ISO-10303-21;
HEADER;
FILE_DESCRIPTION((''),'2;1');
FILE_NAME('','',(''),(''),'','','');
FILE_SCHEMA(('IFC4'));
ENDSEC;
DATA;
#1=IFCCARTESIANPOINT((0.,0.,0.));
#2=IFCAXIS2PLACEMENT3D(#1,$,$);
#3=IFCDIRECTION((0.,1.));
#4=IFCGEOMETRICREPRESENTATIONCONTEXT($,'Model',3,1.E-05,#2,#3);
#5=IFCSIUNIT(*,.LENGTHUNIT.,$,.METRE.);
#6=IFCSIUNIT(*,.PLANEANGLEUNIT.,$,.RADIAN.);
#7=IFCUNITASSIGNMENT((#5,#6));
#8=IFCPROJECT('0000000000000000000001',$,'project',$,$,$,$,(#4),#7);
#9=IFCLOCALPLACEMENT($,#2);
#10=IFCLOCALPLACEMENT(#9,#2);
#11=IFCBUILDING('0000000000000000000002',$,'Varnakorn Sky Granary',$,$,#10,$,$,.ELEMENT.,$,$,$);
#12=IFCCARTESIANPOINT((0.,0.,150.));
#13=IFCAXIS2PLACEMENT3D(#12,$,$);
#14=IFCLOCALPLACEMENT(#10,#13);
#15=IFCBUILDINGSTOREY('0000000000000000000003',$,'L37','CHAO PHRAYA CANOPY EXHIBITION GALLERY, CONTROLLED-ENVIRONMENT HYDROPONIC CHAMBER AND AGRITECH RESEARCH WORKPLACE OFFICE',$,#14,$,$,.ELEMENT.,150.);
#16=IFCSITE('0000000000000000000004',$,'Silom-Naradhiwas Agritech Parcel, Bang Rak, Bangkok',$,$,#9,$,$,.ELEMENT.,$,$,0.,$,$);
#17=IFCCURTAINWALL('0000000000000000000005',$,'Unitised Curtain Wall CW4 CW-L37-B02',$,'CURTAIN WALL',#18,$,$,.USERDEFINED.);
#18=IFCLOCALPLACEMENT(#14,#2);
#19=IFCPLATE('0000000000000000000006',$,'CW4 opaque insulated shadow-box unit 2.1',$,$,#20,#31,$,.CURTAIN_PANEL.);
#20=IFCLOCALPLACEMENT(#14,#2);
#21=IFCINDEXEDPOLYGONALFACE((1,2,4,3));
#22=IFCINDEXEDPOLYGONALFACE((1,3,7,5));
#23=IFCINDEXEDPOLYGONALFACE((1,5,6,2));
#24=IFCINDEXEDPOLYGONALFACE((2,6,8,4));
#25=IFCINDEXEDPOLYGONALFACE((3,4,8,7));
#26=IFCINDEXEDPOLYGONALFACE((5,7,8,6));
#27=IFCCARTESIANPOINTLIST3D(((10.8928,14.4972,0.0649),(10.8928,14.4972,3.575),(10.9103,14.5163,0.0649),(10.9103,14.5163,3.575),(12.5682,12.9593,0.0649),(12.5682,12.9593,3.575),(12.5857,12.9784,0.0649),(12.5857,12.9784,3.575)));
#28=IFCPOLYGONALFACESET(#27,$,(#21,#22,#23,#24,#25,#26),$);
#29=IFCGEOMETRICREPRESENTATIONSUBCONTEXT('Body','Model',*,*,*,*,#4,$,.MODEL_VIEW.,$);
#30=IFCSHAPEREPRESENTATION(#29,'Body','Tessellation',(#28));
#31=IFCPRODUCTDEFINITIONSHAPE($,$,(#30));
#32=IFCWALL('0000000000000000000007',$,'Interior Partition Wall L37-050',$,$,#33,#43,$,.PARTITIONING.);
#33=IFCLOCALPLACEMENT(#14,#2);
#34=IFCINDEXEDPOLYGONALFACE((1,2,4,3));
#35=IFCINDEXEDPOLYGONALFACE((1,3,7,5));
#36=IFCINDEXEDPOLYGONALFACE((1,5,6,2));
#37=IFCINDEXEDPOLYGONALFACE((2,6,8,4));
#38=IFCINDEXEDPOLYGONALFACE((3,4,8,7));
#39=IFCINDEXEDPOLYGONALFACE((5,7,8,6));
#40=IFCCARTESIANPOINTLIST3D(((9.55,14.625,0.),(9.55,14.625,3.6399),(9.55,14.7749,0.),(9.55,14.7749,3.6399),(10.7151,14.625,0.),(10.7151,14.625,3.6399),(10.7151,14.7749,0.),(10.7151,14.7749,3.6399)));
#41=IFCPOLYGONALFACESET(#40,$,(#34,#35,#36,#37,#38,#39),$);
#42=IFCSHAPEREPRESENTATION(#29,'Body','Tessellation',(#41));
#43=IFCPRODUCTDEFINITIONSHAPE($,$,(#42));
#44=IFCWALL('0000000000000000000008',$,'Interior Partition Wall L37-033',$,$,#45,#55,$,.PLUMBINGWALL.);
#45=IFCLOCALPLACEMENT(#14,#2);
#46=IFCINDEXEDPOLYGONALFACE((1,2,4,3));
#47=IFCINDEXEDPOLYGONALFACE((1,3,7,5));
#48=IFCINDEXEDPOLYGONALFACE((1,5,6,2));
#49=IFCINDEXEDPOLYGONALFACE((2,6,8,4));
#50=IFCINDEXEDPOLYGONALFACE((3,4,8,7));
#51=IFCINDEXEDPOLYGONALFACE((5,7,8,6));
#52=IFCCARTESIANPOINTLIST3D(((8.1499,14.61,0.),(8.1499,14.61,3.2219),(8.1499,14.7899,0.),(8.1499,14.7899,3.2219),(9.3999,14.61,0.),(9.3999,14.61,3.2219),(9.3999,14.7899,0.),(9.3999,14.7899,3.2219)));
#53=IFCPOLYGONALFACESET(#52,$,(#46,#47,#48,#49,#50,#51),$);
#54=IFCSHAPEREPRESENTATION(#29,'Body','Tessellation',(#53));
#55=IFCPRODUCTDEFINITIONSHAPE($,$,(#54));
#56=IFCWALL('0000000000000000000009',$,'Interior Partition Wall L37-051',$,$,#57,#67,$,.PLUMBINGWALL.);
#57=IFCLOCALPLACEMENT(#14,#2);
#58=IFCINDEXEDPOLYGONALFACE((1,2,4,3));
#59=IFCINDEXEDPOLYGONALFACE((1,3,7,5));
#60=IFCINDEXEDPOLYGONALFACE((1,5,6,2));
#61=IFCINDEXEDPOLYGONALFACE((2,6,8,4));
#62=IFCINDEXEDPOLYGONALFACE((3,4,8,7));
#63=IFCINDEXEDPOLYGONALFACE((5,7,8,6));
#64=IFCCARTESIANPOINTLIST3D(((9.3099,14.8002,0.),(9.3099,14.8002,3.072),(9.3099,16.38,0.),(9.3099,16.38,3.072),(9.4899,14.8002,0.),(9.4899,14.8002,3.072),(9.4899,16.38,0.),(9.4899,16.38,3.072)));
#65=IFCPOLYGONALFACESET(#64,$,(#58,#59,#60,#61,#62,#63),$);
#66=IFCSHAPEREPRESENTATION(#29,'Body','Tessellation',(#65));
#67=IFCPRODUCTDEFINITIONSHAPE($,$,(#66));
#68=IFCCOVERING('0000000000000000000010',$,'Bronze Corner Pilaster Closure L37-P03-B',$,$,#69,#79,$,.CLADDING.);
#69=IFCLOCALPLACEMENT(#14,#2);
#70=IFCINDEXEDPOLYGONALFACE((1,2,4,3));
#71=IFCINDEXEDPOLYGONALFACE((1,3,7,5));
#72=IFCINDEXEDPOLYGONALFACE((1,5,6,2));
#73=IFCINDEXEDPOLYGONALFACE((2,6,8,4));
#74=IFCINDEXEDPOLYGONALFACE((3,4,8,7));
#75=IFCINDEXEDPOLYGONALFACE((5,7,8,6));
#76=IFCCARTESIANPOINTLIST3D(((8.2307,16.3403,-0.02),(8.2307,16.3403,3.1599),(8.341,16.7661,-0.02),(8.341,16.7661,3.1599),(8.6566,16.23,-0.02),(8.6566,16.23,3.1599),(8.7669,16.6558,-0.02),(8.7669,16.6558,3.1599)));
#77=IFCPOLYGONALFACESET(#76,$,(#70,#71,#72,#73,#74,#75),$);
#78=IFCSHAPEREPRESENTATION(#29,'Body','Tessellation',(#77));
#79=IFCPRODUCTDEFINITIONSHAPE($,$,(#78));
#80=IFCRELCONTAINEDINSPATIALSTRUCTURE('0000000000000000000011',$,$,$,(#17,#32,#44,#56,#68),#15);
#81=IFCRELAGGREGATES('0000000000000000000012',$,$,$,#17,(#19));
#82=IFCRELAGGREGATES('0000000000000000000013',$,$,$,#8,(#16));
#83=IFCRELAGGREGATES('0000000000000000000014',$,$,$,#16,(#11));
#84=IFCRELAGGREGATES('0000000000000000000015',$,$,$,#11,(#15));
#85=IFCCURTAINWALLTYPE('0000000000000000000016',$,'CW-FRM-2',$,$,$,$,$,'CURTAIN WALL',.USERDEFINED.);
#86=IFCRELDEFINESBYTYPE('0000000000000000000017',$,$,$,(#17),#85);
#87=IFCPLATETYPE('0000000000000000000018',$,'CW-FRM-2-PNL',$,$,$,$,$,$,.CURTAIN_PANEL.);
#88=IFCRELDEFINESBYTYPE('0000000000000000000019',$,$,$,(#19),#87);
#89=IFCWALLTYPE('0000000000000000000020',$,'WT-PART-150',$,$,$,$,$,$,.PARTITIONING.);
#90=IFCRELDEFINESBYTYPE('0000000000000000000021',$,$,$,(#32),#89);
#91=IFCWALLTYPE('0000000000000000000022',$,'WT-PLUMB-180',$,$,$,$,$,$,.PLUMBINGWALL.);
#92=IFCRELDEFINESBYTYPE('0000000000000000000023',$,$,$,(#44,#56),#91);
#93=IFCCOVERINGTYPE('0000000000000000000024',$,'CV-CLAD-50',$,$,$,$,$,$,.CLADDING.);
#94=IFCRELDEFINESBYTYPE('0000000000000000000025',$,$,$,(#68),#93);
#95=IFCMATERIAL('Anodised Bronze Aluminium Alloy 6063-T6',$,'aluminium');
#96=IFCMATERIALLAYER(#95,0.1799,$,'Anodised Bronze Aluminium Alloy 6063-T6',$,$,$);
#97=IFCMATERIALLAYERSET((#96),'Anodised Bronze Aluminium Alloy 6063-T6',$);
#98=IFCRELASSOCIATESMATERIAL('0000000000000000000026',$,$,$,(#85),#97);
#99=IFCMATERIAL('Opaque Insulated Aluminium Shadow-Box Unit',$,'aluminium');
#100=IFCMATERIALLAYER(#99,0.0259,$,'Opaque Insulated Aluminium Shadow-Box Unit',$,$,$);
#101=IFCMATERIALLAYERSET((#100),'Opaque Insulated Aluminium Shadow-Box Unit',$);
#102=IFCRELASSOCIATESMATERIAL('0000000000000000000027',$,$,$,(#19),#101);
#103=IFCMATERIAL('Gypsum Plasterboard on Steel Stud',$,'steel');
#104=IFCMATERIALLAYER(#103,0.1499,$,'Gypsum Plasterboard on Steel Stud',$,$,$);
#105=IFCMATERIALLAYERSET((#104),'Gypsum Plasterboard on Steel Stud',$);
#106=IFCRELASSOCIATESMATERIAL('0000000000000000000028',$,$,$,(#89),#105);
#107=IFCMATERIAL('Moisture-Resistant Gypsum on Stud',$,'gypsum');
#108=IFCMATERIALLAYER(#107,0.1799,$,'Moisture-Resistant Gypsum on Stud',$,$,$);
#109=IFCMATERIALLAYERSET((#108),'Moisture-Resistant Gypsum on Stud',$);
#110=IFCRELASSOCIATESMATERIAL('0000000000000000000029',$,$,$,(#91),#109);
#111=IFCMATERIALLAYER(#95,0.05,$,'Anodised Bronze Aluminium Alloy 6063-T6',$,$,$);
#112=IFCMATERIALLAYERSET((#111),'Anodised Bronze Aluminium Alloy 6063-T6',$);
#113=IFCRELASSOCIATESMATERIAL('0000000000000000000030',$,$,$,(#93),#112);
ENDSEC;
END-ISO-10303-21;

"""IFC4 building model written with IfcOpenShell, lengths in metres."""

from ifc_helpers import new_model, si_unit, direction, frame, frame_2d, origin, origin_2d, place, context, subcontext, project, spatial, rectangle, extrude, source, transform, mapped, material, layer, layer_set, type_object, type_shapes, element, aggregate, save


model = new_model("IFC4")

# Units and contexts
model_context = context("Model", 3, precision=1e-05, world=origin(), true_north=direction((0.0, 1.0)))
body_context = subcontext(model_context, "Body", "Model", "MODEL_VIEW")
ifc_project = project(units=[si_unit("LENGTHUNIT", "METRE"), si_unit("PLANEANGLEUNIT", "RADIAN")], contexts=[model_context])

# Site, building, storey
site_placement = place(None, origin())
site = spatial("IfcSite", under=ifc_project, at=site_placement, Name="Silom-Naradhiwas Agritech Parcel, Bang Rak, Bangkok", CompositionType="ELEMENT", RefElevation=0.0)
building_placement = place(site_placement, origin())
building = spatial("IfcBuilding", under=site, at=building_placement, Name="Varnakorn Sky Granary", CompositionType="ELEMENT")
storey_placement = place(building_placement, frame((0.0, 0.0, 150.0)))
storey = spatial("IfcBuildingStorey", under=building, at=storey_placement, Name="L37", Description="CHAO PHRAYA CANOPY EXHIBITION GALLERY, CONTROLLED-ENVIRONMENT HYDROPONIC CHAMBER AND AGRITECH RESEARCH WORKPLACE OFFICE", CompositionType="ELEMENT", Elevation=150.0)

# Curtain wall
ifc_material_1 = material(Name="Anodised Bronze Aluminium Alloy 6063-T6", Category="aluminium")
ifc_layer_1 = layer(ifc_material_1, 0.1799, Name="Anodised Bronze Aluminium Alloy 6063-T6")
ifc_layer_set_1 = layer_set([ifc_layer_1], Name="Anodised Bronze Aluminium Alloy 6063-T6")
curtain_wall_type = type_object("IfcCurtainWallType", Name="CW-FRM-2", ElementType="CURTAIN WALL", PredefinedType="USERDEFINED", material=ifc_layer_set_1)
curtain_wall_placement = place(storey_placement, origin())
curtain_wall = element("IfcCurtainWall", 1, at=curtain_wall_placement, inside=storey, type_object=curtain_wall_type, Name="Unitised Curtain Wall CW4 CW-L37-B02", ObjectType="CURTAIN WALL", PredefinedType="USERDEFINED")

# Plate
plate_type = type_object("IfcPlateType", Name="CW-FRM-2-PNL", PredefinedType="CURTAIN_PANEL")
ifc_material_2 = material(Name="Opaque Insulated Aluminium Shadow-Box Unit", Category="aluminium")
ifc_layer_2 = layer(ifc_material_2, 0.0259, Name="Opaque Insulated Aluminium Shadow-Box Unit")
ifc_layer_set_2 = layer_set([ifc_layer_2], Name="Opaque Insulated Aluminium Shadow-Box Unit")
shared_shape_1 = source(origin(), body_context, "Body", "SweptSolid", [
    extrude(rectangle(XDim=2.2742, YDim=0.0259, at=origin_2d()), origin(), (0.0, 0.0, 1.0), 3.51),
])
plate_1_placement = place(storey_placement, frame((11.7393, 13.7378, 0.0649), z_axis=(0.0, 0.0, 1.0), x_axis=(0.736694, -0.676226, 0.0)))
plate_1 = element("IfcPlate", 2, at=plate_1_placement, type_object=plate_type, material=ifc_layer_set_2, Name="CW4 opaque insulated shadow-box unit 2.1", PredefinedType="CURTAIN_PANEL", context=body_context, shape_type="MappedRepresentation", body=[
    mapped(shared_shape_1, transform((0.0, 0.0, 0.0), x_axis=(1.0, 0.0, 0.0), y_axis=(0.0, 1.0, 0.0), z_axis=(0.0, 0.0, 1.0), scale=1.0)),
])
aggregate(curtain_wall, [plate_1])

# Walls
ifc_material_3 = material(Name="Gypsum Plasterboard on Steel Stud", Category="steel")
ifc_layer_3 = layer(ifc_material_3, 0.1499, Name="Gypsum Plasterboard on Steel Stud")
ifc_layer_set_3 = layer_set([ifc_layer_3], Name="Gypsum Plasterboard on Steel Stud")
wall_type_1 = type_object("IfcWallType", Name="WT-PART-150", PredefinedType="PARTITIONING", material=ifc_layer_set_3)
wall_1_placement = place(storey_placement, frame((10.7151, 14.7, 0.0), z_axis=(0.0, 0.0, 1.0), x_axis=(-1.0, 0.0, 0.0)))
element("IfcWall", 3, at=wall_1_placement, inside=storey, type_object=wall_type_1, Name="Interior Partition Wall L37-050", PredefinedType="PARTITIONING", context=body_context, shape_type="SweptSolid", body=[
    extrude(rectangle(XDim=1.165, YDim=0.1499, at=frame_2d((0.5825, 0.0))), origin(), (0.0, 0.0, 1.0), 3.6399),
])
ifc_material_4 = material(Name="Moisture-Resistant Gypsum on Stud", Category="gypsum")
ifc_layer_4 = layer(ifc_material_4, 0.1799, Name="Moisture-Resistant Gypsum on Stud")
ifc_layer_set_4 = layer_set([ifc_layer_4], Name="Moisture-Resistant Gypsum on Stud")
wall_type_2 = type_object("IfcWallType", Name="WT-PLUMB-180", PredefinedType="PLUMBINGWALL", material=ifc_layer_set_4)
wall_2_placement = place(storey_placement, frame((9.3999, 14.7, 0.0), z_axis=(0.0, 0.0, 1.0), x_axis=(-1.0, 0.0, 0.0)))
element("IfcWall", 4, at=wall_2_placement, inside=storey, type_object=wall_type_2, Name="Interior Partition Wall L37-033", PredefinedType="PLUMBINGWALL", context=body_context, shape_type="SweptSolid", body=[
    extrude(rectangle(XDim=1.25, YDim=0.1799, at=frame_2d((0.625, 0.0))), origin(), (0.0, 0.0, 1.0), 3.2219),
])
wall_3_placement = place(storey_placement, frame((9.3999, 14.8, 0.0), z_axis=(0.0, 0.0, 1.0), x_axis=(0.0, 1.0, 0.0)))
element("IfcWall", 5, at=wall_3_placement, inside=storey, type_object=wall_type_2, Name="Interior Partition Wall L37-051", PredefinedType="PLUMBINGWALL", context=body_context, shape_type="SweptSolid", body=[
    extrude(rectangle(XDim=1.5798, YDim=0.1799, at=frame_2d((0.79, 0.0))), origin(), (0.0, 0.0, 1.0), 3.072),
])

# Covering
ifc_layer_5 = layer(ifc_material_1, 0.05, Name="Anodised Bronze Aluminium Alloy 6063-T6")
ifc_layer_set_5 = layer_set([ifc_layer_5], Name="Anodised Bronze Aluminium Alloy 6063-T6")
covering_type = type_object("IfcCoveringType", Name="CV-CLAD-50", PredefinedType="CLADDING", material=ifc_layer_set_5)
shared_shape_2 = source(origin(), body_context, "Body", "SweptSolid", [
    extrude(rectangle(XDim=0.4399, YDim=0.4399, at=origin_2d()), origin(), (0.0, 0.0, 1.0), 3.1799),
])
type_shapes(covering_type, [shared_shape_2])
covering_placement = place(storey_placement, frame((8.4988, 16.498, -0.02), z_axis=(0.0, 0.0, 1.0), x_axis=(0.96806, -0.250718, 0.0)))
element("IfcCovering", 6, at=covering_placement, inside=storey, type_object=covering_type, Name="Bronze Corner Pilaster Closure L37-P03-B", PredefinedType="CLADDING", context=body_context, shape_type="MappedRepresentation", body=[
    mapped(shared_shape_2, transform((0.0, 0.0, 0.0), x_axis=(1.0, 0.0, 0.0), y_axis=(0.0, 1.0, 0.0), z_axis=(0.0, 0.0, 1.0), scale=1.0)),
])

save(model, "model.ifc")
